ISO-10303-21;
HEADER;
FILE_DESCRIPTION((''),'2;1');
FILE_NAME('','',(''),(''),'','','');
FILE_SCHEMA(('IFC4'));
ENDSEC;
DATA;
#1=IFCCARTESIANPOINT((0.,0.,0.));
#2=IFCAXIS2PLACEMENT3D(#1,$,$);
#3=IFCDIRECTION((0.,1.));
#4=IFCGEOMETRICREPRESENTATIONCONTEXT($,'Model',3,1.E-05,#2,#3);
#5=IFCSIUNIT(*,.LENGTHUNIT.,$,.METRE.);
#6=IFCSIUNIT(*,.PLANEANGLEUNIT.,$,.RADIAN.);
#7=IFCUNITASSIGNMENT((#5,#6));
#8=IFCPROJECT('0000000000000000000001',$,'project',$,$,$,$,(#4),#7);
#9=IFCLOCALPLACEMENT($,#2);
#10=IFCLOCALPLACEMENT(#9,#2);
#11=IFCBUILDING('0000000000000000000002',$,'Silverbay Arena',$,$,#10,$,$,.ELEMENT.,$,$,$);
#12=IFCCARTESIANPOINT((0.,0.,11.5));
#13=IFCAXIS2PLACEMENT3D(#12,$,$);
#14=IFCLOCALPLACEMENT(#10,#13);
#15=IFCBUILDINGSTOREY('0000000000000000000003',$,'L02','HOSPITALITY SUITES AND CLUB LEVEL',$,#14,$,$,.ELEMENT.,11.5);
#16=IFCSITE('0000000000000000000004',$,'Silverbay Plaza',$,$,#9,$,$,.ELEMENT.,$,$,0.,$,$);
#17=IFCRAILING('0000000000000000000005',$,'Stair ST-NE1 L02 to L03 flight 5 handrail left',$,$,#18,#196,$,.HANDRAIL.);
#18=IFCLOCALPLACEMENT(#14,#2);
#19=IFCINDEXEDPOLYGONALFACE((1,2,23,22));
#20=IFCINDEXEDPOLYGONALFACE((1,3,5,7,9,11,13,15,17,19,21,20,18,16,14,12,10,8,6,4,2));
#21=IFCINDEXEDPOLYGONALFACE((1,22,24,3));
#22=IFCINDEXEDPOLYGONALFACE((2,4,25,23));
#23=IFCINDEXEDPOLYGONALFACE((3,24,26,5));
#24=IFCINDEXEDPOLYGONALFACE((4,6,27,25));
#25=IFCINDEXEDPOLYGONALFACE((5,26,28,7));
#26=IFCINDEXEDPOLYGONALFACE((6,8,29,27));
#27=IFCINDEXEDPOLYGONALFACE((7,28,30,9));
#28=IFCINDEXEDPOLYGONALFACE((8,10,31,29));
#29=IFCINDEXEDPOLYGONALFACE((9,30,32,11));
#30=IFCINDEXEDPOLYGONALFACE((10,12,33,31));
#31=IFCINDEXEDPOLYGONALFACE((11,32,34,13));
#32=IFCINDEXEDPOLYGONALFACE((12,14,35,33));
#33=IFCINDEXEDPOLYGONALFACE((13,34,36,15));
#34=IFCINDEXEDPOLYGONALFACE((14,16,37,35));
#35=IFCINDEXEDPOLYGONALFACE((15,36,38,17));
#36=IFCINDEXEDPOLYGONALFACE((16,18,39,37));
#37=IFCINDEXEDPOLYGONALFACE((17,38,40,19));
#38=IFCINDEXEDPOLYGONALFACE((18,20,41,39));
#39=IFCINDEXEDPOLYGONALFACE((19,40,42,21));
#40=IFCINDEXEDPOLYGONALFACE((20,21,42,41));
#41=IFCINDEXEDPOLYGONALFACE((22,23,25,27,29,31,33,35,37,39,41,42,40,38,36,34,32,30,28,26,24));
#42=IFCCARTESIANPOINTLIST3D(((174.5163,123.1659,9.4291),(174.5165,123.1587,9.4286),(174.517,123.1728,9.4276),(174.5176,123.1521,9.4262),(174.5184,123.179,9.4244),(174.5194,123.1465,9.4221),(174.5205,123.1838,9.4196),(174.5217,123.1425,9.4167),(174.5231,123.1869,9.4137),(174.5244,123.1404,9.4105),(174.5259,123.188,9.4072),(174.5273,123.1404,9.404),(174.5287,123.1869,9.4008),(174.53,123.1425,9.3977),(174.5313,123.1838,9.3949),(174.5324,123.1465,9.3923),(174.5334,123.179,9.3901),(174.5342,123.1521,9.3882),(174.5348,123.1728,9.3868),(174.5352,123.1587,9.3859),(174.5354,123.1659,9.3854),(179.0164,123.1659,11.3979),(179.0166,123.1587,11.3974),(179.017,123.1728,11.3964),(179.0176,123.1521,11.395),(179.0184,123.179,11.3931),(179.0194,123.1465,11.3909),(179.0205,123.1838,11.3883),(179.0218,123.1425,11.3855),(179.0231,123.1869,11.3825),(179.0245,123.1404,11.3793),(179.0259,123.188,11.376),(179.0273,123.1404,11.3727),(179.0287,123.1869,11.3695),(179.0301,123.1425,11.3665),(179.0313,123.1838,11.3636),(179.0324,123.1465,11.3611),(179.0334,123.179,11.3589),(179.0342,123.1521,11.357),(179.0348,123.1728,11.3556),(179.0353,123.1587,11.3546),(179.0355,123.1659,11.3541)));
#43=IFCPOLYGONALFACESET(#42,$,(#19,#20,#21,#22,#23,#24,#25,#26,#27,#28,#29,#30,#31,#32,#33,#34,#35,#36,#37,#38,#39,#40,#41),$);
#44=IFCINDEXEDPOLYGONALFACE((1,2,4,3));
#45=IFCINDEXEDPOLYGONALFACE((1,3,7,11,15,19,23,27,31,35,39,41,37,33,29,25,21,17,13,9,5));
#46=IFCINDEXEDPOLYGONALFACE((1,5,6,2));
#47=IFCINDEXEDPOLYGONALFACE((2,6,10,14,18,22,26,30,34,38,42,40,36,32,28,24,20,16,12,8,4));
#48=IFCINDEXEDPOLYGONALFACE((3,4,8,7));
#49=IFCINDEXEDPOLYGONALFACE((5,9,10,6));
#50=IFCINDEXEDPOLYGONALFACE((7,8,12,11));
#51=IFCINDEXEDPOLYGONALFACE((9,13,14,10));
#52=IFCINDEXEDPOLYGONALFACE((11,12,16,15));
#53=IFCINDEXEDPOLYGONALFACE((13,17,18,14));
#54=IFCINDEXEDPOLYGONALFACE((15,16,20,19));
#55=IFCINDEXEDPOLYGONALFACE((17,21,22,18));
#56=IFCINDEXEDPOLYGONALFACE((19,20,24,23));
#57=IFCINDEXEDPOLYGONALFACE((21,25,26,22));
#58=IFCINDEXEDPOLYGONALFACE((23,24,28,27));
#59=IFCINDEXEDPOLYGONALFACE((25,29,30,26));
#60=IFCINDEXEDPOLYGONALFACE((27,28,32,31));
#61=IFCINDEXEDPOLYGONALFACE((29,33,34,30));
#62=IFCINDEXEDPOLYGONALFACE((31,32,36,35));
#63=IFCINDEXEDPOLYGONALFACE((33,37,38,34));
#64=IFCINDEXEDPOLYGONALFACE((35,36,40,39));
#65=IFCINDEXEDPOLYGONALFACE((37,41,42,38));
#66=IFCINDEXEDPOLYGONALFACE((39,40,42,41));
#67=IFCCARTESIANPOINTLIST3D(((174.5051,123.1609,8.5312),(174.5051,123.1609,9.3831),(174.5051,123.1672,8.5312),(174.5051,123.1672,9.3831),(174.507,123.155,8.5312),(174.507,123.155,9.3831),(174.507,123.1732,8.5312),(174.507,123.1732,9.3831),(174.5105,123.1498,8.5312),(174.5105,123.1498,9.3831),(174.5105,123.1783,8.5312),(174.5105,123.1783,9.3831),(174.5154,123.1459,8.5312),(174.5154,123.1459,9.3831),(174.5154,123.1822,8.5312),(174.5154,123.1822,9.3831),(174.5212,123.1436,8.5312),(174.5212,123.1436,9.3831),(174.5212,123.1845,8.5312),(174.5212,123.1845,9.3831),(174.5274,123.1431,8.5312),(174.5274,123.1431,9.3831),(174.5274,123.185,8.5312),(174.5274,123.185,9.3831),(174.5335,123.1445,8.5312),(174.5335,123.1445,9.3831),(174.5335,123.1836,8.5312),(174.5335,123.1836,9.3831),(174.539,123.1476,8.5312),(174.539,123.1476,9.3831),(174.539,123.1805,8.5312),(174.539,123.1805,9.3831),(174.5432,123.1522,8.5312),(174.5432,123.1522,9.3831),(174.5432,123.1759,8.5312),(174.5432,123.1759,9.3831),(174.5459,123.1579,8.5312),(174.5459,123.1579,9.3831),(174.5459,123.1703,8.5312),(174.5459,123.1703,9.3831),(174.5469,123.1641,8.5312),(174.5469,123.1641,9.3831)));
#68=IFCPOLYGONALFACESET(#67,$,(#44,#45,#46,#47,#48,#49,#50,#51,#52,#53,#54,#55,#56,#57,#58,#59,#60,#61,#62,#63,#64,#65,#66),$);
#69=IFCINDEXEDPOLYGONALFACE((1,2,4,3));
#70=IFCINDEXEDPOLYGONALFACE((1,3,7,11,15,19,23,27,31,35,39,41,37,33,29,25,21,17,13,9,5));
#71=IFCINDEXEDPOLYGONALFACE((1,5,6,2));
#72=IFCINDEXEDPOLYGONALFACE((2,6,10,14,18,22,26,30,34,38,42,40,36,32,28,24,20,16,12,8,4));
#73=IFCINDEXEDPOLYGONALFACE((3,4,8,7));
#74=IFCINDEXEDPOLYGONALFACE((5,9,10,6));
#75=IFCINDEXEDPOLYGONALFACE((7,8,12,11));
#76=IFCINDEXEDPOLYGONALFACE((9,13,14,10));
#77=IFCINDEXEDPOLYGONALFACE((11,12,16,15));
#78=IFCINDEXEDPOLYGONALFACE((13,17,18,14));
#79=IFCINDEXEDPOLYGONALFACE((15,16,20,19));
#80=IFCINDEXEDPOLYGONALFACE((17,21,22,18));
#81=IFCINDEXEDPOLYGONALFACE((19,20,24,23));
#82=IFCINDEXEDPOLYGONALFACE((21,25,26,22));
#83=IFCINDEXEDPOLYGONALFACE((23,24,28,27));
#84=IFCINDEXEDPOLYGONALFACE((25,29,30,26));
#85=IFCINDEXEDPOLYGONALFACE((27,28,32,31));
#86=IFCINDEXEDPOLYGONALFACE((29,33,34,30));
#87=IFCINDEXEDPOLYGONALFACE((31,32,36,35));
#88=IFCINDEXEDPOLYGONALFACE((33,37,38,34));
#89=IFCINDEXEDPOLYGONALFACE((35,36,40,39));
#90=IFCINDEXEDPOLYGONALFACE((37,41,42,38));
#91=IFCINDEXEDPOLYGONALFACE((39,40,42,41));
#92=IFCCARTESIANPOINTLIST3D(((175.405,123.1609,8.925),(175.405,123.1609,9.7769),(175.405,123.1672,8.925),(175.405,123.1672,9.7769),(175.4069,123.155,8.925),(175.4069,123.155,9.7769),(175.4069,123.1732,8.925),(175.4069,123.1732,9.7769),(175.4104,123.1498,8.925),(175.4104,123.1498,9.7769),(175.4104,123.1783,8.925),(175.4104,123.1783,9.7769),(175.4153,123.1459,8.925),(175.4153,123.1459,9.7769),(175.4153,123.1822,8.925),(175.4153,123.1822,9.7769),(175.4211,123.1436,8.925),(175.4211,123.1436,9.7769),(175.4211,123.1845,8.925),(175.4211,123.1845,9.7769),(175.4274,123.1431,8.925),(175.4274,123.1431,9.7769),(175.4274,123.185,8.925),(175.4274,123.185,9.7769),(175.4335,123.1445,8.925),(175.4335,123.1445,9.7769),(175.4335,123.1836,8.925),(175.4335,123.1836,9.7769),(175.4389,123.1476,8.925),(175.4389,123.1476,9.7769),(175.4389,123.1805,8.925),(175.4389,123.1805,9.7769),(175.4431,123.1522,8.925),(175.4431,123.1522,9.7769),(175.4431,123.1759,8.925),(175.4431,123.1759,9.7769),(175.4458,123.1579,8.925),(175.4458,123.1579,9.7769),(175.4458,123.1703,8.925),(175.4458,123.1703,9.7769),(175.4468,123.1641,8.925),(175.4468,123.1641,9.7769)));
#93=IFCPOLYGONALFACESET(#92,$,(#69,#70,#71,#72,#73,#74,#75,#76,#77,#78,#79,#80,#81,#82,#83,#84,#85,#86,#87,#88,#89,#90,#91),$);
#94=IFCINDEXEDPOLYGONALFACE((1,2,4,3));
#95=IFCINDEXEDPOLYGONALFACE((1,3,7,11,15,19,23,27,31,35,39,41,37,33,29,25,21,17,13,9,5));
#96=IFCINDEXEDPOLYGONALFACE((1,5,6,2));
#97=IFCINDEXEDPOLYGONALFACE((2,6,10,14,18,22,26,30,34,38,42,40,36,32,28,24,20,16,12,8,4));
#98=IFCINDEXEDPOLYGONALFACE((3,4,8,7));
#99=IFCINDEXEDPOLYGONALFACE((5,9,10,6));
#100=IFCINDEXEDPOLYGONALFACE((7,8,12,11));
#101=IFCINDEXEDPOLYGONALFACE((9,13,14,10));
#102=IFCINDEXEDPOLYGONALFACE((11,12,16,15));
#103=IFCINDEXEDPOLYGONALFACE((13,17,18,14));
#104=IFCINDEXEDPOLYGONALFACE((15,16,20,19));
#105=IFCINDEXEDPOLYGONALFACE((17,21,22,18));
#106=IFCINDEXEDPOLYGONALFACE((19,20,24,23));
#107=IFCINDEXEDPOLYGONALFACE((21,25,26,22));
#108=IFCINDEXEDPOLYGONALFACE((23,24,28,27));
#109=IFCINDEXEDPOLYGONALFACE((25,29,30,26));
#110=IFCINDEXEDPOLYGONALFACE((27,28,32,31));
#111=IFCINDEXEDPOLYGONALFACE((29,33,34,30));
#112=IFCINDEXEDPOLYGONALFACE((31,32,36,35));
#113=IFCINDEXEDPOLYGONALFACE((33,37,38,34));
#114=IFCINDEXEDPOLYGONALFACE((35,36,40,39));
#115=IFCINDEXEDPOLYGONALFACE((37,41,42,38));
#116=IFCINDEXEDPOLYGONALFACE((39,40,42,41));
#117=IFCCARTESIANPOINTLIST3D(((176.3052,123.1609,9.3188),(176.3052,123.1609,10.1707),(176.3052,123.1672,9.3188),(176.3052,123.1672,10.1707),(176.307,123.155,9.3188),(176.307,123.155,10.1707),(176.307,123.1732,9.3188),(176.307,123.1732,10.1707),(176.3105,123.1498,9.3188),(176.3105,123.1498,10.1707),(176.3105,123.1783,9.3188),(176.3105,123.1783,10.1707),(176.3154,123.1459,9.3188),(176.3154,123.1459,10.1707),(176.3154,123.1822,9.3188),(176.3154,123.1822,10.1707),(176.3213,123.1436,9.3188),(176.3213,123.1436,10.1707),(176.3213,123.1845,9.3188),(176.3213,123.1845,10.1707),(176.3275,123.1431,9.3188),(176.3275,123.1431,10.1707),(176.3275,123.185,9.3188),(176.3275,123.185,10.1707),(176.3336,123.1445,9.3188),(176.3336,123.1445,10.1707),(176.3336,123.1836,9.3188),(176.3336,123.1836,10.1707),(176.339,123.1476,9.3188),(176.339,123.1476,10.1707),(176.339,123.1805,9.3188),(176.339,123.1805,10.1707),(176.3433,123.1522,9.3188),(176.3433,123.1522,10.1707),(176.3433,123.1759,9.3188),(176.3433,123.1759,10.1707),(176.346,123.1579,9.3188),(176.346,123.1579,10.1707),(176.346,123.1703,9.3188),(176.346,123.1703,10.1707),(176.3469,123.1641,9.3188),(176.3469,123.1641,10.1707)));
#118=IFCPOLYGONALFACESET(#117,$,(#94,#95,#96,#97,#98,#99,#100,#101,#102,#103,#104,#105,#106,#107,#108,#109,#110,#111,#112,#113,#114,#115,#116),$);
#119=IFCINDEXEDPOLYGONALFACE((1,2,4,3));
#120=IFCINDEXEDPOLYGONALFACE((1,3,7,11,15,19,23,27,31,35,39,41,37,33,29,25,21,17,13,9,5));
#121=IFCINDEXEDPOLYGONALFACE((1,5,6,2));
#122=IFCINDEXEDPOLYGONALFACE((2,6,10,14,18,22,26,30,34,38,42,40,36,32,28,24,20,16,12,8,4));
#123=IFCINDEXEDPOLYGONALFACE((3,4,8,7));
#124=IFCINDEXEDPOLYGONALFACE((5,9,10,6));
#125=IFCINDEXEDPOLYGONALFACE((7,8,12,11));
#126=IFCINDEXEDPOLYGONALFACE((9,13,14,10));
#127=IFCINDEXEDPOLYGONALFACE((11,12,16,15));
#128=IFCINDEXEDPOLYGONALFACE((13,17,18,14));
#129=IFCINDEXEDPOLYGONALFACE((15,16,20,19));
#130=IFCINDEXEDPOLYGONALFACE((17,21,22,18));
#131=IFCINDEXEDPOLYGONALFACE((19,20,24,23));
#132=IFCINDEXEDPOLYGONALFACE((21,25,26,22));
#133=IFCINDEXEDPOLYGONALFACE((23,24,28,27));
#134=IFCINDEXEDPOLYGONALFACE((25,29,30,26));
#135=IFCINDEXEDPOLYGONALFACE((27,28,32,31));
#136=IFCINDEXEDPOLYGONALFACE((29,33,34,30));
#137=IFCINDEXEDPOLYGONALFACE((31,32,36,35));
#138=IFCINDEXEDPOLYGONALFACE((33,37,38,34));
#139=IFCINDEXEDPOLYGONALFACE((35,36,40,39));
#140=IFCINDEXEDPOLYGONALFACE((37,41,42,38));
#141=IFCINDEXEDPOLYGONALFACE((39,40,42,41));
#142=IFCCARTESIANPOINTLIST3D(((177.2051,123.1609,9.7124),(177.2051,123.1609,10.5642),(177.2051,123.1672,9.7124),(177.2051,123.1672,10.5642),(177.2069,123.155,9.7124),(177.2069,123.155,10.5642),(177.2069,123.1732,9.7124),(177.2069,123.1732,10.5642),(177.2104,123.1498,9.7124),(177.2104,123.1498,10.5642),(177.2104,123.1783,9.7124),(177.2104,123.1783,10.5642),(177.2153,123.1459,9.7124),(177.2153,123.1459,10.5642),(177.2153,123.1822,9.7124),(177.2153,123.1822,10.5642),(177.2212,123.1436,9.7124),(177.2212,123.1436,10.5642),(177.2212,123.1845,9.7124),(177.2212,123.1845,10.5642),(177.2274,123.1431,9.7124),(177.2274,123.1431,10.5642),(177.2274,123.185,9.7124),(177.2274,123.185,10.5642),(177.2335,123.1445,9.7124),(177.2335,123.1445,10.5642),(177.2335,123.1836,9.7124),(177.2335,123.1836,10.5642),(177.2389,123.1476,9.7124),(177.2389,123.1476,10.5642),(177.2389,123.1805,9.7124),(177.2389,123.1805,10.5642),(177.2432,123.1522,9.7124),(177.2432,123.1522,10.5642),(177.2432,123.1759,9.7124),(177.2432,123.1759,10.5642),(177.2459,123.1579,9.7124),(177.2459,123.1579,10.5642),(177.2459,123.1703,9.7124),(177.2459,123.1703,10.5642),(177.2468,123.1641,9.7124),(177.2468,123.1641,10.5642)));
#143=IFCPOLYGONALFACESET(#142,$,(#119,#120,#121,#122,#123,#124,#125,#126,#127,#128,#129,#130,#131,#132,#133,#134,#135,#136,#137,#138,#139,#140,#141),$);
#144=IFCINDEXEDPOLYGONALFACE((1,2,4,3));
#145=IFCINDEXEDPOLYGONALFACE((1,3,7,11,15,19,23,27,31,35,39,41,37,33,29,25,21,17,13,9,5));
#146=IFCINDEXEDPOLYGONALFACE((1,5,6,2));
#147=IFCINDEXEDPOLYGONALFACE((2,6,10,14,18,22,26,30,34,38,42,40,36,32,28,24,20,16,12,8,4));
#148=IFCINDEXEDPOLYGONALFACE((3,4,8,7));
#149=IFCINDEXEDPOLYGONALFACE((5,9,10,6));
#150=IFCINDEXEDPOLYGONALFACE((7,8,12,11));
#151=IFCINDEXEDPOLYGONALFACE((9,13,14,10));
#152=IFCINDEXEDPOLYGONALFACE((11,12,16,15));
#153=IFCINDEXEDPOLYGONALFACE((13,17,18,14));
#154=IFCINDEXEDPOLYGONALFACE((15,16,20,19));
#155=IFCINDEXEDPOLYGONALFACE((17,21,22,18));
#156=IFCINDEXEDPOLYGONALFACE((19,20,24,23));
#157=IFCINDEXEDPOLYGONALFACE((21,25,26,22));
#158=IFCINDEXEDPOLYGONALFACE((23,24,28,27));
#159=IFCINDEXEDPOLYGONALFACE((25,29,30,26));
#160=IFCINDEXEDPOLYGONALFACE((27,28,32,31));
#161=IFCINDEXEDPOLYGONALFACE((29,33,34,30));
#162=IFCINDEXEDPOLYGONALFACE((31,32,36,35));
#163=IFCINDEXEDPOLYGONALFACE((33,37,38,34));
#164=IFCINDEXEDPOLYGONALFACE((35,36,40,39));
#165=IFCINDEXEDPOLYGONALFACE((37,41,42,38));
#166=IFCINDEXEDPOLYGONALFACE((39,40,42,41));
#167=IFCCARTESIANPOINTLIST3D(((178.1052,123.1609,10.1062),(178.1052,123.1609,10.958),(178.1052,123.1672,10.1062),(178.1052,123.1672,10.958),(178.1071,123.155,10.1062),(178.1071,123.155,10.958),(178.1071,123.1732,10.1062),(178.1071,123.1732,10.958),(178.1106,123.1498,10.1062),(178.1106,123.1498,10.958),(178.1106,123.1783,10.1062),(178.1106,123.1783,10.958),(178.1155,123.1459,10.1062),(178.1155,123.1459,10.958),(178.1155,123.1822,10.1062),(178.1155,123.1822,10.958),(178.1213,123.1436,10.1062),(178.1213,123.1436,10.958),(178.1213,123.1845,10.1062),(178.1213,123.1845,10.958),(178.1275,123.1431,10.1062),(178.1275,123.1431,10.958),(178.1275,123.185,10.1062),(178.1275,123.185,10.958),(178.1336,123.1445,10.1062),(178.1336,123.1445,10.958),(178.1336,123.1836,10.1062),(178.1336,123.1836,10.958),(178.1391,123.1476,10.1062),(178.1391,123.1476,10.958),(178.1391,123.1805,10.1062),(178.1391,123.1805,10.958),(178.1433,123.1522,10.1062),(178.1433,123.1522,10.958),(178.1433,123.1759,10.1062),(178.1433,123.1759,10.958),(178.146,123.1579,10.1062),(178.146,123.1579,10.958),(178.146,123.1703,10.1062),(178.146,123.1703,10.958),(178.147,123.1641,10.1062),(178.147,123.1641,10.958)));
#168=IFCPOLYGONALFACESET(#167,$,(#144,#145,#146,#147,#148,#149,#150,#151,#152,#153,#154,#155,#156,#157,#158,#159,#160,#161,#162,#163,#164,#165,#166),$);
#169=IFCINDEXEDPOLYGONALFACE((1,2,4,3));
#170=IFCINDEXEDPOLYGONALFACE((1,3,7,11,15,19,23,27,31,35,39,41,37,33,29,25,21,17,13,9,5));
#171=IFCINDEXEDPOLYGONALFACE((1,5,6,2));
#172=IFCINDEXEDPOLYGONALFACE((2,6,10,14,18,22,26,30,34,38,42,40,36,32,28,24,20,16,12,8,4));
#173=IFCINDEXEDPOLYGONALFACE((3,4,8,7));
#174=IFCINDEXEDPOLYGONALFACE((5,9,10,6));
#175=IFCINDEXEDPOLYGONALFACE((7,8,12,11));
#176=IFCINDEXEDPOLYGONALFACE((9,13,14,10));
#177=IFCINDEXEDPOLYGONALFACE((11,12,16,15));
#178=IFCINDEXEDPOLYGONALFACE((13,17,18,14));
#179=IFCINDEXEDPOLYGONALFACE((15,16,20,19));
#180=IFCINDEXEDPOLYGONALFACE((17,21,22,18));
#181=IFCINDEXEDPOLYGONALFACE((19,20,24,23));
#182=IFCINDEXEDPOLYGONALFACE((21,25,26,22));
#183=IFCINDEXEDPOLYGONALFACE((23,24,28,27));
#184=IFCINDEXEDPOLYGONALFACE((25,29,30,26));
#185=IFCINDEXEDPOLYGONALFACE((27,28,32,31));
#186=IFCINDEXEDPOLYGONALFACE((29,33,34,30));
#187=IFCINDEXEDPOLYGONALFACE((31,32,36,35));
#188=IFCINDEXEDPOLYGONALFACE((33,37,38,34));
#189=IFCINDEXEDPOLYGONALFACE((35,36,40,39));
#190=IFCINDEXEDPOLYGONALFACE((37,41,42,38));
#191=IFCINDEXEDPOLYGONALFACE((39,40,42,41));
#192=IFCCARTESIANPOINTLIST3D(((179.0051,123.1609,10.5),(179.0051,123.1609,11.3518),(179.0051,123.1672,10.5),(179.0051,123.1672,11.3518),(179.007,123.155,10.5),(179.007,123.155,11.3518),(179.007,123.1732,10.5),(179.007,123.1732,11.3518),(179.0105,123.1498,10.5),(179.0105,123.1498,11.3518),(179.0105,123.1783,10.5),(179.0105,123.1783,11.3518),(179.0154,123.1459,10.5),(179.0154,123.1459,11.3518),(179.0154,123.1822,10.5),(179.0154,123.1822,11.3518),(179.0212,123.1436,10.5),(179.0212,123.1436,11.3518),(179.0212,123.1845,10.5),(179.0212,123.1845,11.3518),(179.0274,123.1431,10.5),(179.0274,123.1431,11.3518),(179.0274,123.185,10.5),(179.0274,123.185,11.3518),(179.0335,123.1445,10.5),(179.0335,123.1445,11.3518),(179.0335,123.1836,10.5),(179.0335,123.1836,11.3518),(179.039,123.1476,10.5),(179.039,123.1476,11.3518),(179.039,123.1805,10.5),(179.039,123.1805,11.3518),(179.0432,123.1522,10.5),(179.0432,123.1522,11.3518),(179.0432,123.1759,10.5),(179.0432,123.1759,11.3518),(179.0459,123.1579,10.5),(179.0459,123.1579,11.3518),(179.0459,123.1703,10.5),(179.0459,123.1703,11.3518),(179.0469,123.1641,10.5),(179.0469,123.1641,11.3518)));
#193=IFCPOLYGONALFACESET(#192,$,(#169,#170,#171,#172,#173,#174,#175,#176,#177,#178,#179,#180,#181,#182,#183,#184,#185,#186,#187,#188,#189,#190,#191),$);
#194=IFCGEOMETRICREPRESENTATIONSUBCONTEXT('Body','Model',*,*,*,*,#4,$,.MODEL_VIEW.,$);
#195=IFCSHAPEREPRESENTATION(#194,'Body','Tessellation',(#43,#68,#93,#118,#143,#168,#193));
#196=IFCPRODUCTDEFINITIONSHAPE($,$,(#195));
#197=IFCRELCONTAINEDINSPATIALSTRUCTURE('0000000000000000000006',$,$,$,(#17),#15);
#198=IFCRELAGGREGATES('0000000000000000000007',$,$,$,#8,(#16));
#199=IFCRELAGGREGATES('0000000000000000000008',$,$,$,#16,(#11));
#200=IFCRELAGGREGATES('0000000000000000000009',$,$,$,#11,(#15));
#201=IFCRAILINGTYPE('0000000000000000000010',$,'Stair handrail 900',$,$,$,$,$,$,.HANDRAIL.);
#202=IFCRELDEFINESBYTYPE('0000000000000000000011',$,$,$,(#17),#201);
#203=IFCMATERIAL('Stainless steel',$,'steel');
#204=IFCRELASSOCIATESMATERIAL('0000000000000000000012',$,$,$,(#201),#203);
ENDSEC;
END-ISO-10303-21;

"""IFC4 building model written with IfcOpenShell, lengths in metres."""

from ifc_helpers import new_model, si_unit, direction, frame, origin, origin_2d, place, context, subcontext, project, spatial, circle, extrude, material, type_object, element, save


model = new_model("IFC4")

# Units and contexts
model_context = context("Model", 3, precision=1e-05, world=origin(), true_north=direction((0.0, 1.0)))
body_context = subcontext(model_context, "Body", "Model", "MODEL_VIEW")
ifc_project = project(units=[si_unit("LENGTHUNIT", "METRE"), si_unit("PLANEANGLEUNIT", "RADIAN")], contexts=[model_context])

# Site, building, storey
site_placement = place(None, origin())
site = spatial("IfcSite", under=ifc_project, at=site_placement, Name="Silverbay Plaza", CompositionType="ELEMENT", RefElevation=0.0)
building_placement = place(site_placement, origin())
building = spatial("IfcBuilding", under=site, at=building_placement, Name="Silverbay Arena", CompositionType="ELEMENT")
storey_placement = place(building_placement, frame((0.0, 0.0, 11.5)))
storey = spatial("IfcBuildingStorey", under=building, at=storey_placement, Name="L02", Description="HOSPITALITY SUITES AND CLUB LEVEL", CompositionType="ELEMENT", Elevation=11.5)

# Railing
ifc_material_1 = material(Name="Stainless steel", Category="steel")
railing_type_1 = type_object("IfcRailingType", Name="Stair handrail 900", PredefinedType="HANDRAIL", material=ifc_material_1)
for number, where, name in (
    (1, (174.5259, 123.1641, 8.5312), "Stair ST-NE1 L02 to L03 flight 5 handrail left"),
):
    element("IfcRailing", number, at=place(storey_placement, frame(where)), inside=storey, type_object=railing_type_1, Name=name, PredefinedType="HANDRAIL", context=body_context, shape_type="SweptSolid", body=[
        extrude(circle(Radius=0.0239, at=origin_2d()), frame((0.0, 0.0, 0.876), z_axis=(0.916157, 0.0, 0.400819), x_axis=(0.0, 1.0, 0.0)), (0.0, 0.0, 1.0), 4.9119),
        extrude(circle(Radius=0.021, at=origin_2d()), origin(), (0.0, 0.0, 1.0), 0.8518),
        extrude(circle(Radius=0.021, at=origin_2d()), frame((0.8999, 0.0, 0.3938)), (0.0, 0.0, 1.0), 0.8518),
        extrude(circle(Radius=0.021, at=origin_2d()), frame((1.8, 0.0, 0.7876)), (0.0, 0.0, 1.0), 0.8518),
        extrude(circle(Radius=0.021, at=origin_2d()), frame((2.7, 0.0, 1.1812)), (0.0, 0.0, 1.0), 0.8518),
        extrude(circle(Radius=0.021, at=origin_2d()), frame((3.6001, 0.0, 1.575)), (0.0, 0.0, 1.0), 0.8518),
        extrude(circle(Radius=0.021, at=origin_2d()), frame((4.5, 0.0, 1.9688)), (0.0, 0.0, 1.0), 0.8518),
    ])

save(model, "model.ifc")
